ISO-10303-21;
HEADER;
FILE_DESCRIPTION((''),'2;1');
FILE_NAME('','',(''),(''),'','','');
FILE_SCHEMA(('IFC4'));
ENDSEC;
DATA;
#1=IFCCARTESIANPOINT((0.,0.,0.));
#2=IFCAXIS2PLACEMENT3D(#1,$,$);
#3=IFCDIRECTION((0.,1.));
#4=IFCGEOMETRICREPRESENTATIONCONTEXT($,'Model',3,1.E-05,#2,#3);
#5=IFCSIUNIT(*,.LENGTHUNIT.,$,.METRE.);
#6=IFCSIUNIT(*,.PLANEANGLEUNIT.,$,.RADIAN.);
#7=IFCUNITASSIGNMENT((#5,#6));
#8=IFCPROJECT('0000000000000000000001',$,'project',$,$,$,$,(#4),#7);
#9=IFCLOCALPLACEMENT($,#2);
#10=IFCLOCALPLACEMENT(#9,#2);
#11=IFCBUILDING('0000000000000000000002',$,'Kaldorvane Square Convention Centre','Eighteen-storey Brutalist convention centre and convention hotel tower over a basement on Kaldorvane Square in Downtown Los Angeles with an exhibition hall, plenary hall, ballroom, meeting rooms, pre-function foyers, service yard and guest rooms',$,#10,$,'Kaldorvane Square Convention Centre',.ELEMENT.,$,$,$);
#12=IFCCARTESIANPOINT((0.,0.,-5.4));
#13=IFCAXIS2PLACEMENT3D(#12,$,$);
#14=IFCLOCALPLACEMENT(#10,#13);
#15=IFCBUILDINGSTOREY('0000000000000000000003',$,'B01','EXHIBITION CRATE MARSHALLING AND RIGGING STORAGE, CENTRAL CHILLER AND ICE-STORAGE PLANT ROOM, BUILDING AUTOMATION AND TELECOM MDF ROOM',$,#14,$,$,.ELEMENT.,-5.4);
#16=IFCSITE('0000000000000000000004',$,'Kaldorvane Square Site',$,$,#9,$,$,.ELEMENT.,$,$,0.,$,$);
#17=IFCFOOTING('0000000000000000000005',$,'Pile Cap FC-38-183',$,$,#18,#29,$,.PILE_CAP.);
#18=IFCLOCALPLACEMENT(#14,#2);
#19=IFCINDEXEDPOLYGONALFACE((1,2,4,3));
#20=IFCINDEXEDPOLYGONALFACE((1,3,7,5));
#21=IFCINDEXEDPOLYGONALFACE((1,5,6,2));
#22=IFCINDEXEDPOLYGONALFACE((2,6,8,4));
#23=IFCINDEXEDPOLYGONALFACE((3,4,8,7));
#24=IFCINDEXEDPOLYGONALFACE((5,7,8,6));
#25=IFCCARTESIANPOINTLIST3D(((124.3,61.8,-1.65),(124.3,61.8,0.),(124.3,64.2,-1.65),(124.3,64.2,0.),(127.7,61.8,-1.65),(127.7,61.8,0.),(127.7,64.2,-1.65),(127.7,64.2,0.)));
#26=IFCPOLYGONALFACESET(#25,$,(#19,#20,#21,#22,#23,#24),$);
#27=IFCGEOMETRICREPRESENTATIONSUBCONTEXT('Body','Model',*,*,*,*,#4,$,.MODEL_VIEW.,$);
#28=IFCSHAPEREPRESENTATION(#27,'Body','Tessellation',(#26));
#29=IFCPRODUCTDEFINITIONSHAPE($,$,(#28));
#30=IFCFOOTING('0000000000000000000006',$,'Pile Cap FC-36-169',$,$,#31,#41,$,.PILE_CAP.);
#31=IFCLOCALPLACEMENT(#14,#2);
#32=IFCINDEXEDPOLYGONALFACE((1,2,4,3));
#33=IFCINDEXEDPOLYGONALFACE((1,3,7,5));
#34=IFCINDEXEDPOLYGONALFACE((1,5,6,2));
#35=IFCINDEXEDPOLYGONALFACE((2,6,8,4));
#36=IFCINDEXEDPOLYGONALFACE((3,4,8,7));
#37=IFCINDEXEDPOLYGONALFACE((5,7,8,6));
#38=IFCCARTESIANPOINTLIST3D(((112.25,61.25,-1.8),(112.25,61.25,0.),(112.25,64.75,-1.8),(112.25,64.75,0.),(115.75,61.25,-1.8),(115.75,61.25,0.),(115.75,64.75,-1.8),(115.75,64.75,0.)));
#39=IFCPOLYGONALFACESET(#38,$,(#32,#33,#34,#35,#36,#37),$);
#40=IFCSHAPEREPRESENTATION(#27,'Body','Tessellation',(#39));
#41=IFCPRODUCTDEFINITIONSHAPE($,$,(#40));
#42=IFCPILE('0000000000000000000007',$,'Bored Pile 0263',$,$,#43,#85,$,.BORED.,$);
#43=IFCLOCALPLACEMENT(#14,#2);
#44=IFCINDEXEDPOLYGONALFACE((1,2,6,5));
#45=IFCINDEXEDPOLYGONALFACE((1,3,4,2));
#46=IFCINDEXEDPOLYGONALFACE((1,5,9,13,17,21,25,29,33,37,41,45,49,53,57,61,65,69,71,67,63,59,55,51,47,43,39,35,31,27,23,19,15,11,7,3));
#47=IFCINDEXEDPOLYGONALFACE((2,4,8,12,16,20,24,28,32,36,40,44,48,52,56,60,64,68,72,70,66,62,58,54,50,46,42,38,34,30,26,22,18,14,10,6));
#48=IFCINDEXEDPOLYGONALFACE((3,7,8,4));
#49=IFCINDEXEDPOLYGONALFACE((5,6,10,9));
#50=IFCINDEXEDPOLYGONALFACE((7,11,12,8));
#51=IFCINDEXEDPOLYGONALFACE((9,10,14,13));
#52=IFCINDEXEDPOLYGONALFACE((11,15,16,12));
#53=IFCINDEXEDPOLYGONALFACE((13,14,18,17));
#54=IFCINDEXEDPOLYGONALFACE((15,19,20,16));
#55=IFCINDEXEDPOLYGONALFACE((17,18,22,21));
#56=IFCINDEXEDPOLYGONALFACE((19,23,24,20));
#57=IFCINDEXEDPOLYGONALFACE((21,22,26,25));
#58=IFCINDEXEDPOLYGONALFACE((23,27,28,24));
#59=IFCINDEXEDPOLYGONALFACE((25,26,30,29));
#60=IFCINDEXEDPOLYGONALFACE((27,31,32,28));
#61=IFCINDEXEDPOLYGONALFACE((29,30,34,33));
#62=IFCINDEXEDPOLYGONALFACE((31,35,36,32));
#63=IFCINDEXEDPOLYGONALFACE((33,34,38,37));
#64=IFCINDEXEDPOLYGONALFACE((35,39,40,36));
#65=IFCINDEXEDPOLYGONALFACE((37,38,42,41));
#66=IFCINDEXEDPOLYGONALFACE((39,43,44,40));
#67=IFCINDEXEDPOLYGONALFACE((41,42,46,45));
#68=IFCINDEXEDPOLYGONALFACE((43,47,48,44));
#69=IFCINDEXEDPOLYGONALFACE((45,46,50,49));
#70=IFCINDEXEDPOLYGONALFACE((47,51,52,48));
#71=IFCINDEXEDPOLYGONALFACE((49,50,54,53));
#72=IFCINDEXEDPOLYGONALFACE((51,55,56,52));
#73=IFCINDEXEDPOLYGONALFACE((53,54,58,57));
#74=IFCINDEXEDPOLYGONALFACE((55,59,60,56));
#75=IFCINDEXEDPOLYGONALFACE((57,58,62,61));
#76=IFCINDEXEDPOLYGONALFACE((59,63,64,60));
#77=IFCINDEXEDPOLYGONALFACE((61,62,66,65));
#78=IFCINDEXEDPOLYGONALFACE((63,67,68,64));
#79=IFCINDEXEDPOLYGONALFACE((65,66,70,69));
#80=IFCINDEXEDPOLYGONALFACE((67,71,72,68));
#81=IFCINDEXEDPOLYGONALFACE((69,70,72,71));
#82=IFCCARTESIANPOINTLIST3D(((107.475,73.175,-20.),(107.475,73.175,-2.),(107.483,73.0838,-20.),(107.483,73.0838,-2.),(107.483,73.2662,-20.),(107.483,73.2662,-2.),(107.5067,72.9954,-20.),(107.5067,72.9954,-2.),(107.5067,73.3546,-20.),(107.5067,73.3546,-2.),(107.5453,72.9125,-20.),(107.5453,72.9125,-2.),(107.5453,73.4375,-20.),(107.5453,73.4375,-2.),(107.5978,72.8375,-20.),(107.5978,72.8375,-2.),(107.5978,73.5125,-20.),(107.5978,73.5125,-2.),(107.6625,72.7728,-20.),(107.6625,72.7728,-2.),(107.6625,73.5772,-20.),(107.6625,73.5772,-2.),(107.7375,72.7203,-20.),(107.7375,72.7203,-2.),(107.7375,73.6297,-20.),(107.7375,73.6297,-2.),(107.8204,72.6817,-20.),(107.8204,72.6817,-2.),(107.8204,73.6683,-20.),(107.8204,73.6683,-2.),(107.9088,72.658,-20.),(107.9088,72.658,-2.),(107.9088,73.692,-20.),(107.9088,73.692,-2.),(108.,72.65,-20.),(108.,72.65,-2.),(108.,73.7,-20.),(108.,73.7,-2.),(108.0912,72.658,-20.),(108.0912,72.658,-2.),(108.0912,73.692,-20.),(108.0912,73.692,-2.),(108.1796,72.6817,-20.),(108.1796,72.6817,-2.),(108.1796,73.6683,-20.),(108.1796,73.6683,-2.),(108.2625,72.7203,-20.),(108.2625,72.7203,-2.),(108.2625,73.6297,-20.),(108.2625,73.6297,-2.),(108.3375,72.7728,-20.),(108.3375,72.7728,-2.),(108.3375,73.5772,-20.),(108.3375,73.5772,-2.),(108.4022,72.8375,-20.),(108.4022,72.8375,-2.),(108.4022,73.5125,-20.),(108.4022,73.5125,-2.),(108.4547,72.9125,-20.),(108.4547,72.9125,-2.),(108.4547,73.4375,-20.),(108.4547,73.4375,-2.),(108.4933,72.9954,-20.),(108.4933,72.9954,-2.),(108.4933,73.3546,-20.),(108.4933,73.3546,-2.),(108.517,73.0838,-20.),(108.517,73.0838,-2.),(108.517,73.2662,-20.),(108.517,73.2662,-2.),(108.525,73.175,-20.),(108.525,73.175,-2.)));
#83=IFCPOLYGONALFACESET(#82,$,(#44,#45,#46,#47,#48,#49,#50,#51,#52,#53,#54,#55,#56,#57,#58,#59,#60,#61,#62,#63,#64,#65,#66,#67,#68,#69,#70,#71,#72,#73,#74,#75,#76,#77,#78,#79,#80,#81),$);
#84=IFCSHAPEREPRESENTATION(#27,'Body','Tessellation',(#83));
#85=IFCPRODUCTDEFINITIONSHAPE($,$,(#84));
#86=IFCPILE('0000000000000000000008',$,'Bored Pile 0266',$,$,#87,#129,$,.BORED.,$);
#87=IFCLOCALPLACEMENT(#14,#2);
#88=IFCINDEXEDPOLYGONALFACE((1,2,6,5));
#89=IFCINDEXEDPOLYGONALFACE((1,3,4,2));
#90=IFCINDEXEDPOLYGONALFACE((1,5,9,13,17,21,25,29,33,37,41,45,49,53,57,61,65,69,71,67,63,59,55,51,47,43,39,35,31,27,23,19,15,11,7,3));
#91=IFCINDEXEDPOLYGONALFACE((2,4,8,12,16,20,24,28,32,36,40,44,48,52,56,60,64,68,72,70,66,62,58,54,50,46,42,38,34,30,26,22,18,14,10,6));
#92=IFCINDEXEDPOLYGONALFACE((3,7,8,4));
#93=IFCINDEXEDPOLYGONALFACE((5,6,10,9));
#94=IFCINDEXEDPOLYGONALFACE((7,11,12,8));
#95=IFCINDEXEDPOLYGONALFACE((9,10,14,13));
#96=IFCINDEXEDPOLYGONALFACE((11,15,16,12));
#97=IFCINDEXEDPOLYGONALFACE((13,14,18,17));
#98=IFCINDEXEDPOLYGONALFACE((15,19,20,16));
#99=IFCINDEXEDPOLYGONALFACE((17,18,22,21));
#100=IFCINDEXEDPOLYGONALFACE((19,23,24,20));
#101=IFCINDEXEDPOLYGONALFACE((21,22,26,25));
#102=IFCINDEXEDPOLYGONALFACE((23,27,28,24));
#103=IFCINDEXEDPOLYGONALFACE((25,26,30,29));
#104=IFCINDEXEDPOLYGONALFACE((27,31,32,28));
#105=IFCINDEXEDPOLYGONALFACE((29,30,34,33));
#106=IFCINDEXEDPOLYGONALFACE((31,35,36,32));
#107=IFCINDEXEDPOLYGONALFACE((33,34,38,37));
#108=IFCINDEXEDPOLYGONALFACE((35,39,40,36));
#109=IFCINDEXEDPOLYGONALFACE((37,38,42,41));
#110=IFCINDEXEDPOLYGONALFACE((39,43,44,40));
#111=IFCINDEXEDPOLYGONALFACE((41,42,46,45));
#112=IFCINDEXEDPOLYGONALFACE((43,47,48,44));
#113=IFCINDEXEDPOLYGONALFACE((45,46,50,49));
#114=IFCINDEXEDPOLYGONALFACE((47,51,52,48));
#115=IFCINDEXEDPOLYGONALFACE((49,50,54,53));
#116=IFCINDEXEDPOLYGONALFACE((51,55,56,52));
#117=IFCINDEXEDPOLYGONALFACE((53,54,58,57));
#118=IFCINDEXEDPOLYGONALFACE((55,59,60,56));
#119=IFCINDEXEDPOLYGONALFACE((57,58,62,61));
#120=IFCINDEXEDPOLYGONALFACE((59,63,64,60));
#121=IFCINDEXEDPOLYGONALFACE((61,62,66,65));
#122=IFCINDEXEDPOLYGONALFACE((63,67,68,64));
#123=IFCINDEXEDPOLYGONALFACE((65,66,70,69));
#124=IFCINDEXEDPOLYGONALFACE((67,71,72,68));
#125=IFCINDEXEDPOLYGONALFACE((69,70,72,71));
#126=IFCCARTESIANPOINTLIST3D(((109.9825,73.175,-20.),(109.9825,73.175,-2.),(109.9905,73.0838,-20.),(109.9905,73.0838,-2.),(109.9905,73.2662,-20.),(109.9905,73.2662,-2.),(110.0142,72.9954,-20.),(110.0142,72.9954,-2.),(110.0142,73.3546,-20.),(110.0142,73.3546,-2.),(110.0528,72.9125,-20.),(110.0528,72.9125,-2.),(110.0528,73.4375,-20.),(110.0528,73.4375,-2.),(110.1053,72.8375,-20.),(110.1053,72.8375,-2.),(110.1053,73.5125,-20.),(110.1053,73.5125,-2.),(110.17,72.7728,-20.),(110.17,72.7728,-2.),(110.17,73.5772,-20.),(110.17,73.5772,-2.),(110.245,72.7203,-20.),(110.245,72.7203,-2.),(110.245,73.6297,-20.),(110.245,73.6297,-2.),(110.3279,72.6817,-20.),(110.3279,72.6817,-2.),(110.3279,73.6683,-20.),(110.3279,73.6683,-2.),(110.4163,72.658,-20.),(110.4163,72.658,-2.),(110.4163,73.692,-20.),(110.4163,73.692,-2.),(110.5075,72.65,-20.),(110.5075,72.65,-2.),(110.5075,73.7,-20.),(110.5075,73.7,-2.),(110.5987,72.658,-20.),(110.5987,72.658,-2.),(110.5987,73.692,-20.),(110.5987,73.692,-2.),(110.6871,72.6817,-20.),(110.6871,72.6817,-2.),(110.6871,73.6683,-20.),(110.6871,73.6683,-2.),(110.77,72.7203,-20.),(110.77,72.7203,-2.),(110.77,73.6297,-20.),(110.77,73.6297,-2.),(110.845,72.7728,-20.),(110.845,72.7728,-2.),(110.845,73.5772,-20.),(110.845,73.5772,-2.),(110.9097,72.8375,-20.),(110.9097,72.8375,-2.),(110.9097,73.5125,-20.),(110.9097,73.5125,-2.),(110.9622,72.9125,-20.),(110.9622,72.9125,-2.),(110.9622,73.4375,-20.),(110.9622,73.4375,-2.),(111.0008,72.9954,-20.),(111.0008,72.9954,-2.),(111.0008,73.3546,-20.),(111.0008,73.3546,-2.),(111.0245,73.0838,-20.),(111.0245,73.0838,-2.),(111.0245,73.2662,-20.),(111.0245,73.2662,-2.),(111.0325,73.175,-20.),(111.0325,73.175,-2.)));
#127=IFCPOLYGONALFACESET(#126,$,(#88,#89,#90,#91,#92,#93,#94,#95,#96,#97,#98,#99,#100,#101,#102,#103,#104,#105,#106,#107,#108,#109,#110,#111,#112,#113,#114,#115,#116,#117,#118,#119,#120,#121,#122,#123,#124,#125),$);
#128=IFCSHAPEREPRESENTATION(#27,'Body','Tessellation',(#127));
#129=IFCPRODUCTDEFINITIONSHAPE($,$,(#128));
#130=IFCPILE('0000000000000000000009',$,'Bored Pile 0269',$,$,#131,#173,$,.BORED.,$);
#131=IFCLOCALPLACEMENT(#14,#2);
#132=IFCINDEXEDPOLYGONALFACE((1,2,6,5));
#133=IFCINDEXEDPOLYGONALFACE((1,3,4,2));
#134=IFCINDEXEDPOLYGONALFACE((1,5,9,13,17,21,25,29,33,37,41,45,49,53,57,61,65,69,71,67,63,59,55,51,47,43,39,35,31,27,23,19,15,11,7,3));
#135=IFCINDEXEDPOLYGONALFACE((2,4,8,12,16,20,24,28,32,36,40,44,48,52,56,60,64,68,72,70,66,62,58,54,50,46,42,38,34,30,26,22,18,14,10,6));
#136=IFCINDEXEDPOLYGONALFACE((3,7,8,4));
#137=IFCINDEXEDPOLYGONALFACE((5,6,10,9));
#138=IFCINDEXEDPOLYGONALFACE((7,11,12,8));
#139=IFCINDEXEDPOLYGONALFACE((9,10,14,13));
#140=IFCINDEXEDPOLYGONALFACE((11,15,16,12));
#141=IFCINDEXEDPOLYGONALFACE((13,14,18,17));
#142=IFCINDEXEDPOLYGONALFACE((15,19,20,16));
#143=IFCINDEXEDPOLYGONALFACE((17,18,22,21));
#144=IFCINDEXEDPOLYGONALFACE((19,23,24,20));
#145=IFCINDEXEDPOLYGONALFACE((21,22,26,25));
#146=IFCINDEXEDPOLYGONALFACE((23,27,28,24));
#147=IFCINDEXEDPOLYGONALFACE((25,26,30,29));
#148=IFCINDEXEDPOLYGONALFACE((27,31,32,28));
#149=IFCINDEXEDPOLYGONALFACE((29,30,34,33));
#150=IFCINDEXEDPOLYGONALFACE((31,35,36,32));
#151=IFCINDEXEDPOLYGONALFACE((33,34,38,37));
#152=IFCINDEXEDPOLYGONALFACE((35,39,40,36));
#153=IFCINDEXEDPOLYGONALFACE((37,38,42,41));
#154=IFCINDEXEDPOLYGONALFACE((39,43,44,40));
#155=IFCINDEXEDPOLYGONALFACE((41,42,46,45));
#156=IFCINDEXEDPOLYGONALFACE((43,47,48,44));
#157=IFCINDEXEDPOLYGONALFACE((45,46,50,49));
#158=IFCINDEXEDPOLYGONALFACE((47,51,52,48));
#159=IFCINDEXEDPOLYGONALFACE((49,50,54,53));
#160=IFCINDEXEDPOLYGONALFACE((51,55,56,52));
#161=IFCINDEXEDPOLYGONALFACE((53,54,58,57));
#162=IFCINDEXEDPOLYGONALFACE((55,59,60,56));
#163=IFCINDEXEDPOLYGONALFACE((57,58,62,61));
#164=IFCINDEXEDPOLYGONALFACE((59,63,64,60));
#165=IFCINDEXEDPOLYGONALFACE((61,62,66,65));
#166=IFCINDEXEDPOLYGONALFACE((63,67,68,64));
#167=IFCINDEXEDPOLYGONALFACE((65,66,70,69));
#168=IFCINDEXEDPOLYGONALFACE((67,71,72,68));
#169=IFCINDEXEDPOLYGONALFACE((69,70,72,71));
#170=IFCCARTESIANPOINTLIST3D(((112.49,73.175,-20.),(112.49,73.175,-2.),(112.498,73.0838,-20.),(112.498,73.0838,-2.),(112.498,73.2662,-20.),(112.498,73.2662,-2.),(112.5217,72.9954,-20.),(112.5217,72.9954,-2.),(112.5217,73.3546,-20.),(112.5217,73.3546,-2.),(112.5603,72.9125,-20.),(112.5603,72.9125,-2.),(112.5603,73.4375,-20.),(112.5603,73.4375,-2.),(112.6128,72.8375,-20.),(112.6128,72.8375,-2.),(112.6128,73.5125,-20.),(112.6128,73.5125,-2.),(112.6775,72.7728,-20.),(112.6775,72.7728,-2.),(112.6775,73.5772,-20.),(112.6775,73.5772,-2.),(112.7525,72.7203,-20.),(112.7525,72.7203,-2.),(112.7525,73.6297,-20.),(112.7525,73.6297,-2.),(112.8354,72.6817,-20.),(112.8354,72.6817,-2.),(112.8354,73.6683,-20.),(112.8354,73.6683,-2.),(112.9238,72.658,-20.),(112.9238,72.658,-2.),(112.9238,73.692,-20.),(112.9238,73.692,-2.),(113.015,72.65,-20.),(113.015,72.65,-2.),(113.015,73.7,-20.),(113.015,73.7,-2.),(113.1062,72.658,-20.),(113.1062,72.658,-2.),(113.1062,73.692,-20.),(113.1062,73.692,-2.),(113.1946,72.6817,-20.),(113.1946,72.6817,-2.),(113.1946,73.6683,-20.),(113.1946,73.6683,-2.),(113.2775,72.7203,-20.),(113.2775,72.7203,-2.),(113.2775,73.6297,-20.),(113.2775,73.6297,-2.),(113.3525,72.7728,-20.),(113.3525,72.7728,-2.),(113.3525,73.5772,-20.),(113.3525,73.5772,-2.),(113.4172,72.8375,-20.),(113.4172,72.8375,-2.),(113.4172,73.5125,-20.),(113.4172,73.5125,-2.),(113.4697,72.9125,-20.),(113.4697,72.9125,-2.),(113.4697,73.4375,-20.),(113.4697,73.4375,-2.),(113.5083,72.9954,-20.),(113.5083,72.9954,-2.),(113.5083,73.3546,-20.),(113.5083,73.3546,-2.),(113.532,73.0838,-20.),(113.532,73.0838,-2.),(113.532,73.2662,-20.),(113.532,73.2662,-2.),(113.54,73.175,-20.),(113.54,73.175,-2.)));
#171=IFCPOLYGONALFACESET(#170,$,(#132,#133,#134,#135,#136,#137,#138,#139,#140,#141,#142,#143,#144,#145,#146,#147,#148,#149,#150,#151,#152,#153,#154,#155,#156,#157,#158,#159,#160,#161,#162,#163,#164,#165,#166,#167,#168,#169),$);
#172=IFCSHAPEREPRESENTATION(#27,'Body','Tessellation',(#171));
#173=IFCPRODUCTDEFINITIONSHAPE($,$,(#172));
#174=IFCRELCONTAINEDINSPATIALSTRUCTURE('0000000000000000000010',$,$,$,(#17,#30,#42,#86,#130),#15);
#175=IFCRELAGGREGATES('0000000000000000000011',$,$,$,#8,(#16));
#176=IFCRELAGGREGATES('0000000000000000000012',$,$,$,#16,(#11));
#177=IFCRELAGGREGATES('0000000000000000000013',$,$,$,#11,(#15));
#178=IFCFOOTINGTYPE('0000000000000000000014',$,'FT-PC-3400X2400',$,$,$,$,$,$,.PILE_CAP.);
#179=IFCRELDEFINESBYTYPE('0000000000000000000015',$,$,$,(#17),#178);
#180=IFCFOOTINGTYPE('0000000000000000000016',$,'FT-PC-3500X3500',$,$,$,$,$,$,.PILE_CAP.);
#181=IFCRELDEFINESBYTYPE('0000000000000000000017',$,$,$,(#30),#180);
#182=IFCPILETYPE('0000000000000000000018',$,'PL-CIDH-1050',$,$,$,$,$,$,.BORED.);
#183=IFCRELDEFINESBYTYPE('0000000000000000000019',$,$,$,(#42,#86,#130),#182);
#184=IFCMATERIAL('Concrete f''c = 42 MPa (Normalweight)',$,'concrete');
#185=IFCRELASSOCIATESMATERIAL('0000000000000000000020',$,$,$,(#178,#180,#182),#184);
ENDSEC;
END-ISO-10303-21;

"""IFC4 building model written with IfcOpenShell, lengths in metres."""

from ifc_helpers import new_model, si_unit, direction, frame, origin, origin_2d, place, context, subcontext, project, spatial, rectangle, circle, extrude, material, material_profile, profile_set, type_object, element, save


model = new_model("IFC4")

# Units and contexts
model_context = context("Model", 3, precision=1e-05, world=origin(), true_north=direction((0.0, 1.0)))
body_context = subcontext(model_context, "Body", "Model", "MODEL_VIEW")
ifc_project = project(units=[si_unit("LENGTHUNIT", "METRE"), si_unit("PLANEANGLEUNIT", "RADIAN")], contexts=[model_context])

# Site, building, storey
site_placement = place(None, origin())
site = spatial("IfcSite", under=ifc_project, at=site_placement, Name="Kaldorvane Square Site", CompositionType="ELEMENT", RefElevation=0.0)
building_placement = place(site_placement, origin())
building = spatial("IfcBuilding", under=site, at=building_placement, Name="Kaldorvane Square Convention Centre", Description="Eighteen-storey Brutalist convention centre and convention hotel tower over a basement on Kaldorvane Square in Downtown Los Angeles with an exhibition hall, plenary hall, ballroom, meeting rooms, pre-function foyers, service yard and guest rooms", LongName="Kaldorvane Square Convention Centre", CompositionType="ELEMENT")
storey_placement = place(building_placement, frame((0.0, 0.0, -5.4)))
storey = spatial("IfcBuildingStorey", under=building, at=storey_placement, Name="B01", Description="EXHIBITION CRATE MARSHALLING AND RIGGING STORAGE, CENTRAL CHILLER AND ICE-STORAGE PLANT ROOM, BUILDING AUTOMATION AND TELECOM MDF ROOM", CompositionType="ELEMENT", Elevation=-5.4)

# Footings
ifc_material_1 = material(Name="Concrete f'c = 42 MPa (Normalweight)", Category="concrete")
footing_type_1 = type_object("IfcFootingType", Name="FT-PC-3400X2400", PredefinedType="PILE_CAP", material=ifc_material_1)
footing_1_placement = place(storey_placement, frame((126.0, 63.0, -1.65), z_axis=(0.0, 0.0, 1.0), x_axis=(1.0, 0.0, 0.0)))
element("IfcFooting", 1, at=footing_1_placement, inside=storey, type_object=footing_type_1, Name="Pile Cap FC-38-183", PredefinedType="PILE_CAP", context=body_context, shape_type="SweptSolid", body=[
    extrude(rectangle(XDim=3.4, YDim=2.4, at=origin_2d()), origin(), (0.0, 0.0, 1.0), 1.65),
])
footing_type_2 = type_object("IfcFootingType", Name="FT-PC-3500X3500", PredefinedType="PILE_CAP", material=ifc_material_1)
footing_2_placement = place(storey_placement, frame((114.0, 63.0, -1.8), z_axis=(0.0, 0.0, 1.0), x_axis=(1.0, 0.0, 0.0)))
element("IfcFooting", 2, at=footing_2_placement, inside=storey, type_object=footing_type_2, Name="Pile Cap FC-36-169", PredefinedType="PILE_CAP", context=body_context, shape_type="SweptSolid", body=[
    extrude(rectangle(XDim=3.5, YDim=3.5, at=origin_2d()), origin(), (0.0, 0.0, 1.0), 1.8),
])

# Piles
ifc_material_profile_1 = material_profile(ifc_material_1, circle(Radius=0.525, at=origin_2d()), Name="PILE-D1050")
ifc_profile_set_1 = profile_set([ifc_material_profile_1], Name="Concrete f'c = 42 MPa (Normalweight)")
pile_type_1 = type_object("IfcPileType", Name="PL-CIDH-1050", PredefinedType="BORED", material=ifc_profile_set_1)
for number, where, z_axis, x_axis, name in (
    (3, (108.0, 73.175, -2.0), (0.0, 0.0, -1.0), (1.0, 0.0, 0.0), "Bored Pile 0263"),
    (4, (110.5075, 73.175, -2.0), (0.0, 0.0, -1.0), (1.0, 0.0, 0.0), "Bored Pile 0266"),
    (5, (113.015, 73.175, -2.0), (0.0, 0.0, -1.0), (1.0, 0.0, 0.0), "Bored Pile 0269"),
):
    element("IfcPile", number, at=place(storey_placement, frame(where, z_axis=z_axis, x_axis=x_axis)), inside=storey, type_object=pile_type_1, Name=name, PredefinedType="BORED", context=body_context, shape_type="SweptSolid", body=[
        extrude(circle(Radius=0.525, at=origin_2d()), origin(), (0.0, 0.0, 1.0), 18.0),
    ])

save(model, "model.ifc")
